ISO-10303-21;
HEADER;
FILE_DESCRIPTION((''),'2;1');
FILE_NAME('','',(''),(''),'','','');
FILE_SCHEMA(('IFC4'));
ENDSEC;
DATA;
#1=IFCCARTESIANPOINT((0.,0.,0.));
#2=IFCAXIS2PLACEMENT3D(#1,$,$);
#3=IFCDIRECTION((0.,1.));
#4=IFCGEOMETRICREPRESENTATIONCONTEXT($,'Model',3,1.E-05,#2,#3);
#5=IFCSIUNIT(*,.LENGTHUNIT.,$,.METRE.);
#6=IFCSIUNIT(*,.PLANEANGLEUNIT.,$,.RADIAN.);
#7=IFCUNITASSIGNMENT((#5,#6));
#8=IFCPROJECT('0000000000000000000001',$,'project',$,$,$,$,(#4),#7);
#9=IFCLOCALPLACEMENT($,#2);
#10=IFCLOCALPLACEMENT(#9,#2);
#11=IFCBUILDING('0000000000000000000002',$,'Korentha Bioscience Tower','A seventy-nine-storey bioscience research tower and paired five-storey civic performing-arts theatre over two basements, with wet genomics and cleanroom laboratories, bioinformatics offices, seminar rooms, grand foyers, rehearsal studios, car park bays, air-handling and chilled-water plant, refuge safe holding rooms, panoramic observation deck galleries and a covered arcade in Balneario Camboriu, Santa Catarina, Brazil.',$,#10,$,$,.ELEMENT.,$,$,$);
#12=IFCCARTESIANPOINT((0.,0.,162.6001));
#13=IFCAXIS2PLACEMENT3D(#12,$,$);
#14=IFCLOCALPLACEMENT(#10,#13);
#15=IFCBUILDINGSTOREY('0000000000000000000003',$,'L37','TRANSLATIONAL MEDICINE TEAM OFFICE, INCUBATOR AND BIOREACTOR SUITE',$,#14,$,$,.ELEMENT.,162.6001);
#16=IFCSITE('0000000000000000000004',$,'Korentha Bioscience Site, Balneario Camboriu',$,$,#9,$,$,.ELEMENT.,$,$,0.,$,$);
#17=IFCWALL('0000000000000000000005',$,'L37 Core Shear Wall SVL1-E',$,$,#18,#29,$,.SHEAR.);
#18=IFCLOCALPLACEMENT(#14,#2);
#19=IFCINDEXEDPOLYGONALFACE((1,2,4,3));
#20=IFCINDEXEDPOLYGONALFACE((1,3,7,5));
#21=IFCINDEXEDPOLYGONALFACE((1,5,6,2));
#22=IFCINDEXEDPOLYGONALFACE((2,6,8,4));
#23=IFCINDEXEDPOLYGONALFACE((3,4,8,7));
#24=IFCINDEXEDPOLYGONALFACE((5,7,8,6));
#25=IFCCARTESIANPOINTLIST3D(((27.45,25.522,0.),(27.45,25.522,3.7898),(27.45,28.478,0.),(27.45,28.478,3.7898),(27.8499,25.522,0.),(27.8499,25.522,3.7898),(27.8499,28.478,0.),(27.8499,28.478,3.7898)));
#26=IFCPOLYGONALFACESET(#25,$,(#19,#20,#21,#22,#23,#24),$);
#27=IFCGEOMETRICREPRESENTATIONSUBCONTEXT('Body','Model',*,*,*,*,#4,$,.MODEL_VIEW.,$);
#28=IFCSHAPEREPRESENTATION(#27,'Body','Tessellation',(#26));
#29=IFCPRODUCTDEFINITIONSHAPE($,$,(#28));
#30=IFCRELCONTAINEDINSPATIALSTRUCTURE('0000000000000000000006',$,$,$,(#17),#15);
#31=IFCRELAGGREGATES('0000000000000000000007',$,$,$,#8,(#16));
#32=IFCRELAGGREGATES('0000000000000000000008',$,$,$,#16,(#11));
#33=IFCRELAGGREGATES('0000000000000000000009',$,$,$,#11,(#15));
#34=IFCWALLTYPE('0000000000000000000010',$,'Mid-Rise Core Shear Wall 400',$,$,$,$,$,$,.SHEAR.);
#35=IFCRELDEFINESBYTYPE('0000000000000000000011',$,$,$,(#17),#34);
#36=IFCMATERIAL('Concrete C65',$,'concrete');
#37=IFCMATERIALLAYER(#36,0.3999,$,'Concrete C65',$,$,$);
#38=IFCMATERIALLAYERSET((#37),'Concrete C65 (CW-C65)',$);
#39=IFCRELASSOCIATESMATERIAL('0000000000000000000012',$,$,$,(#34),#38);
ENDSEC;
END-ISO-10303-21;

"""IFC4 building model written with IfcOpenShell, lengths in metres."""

from ifc_helpers import new_model, si_unit, direction, frame, frame_2d, origin, place, context, subcontext, project, spatial, rectangle, extrude, material, layer, layer_set, type_object, element, save


model = new_model("IFC4")

# Units and contexts
model_context = context("Model", 3, precision=1e-05, world=origin(), true_north=direction((0.0, 1.0)))
body_context = subcontext(model_context, "Body", "Model", "MODEL_VIEW")
ifc_project = project(units=[si_unit("LENGTHUNIT", "METRE"), si_unit("PLANEANGLEUNIT", "RADIAN")], contexts=[model_context])

# Site, building, storey
site_placement = place(None, origin())
site = spatial("IfcSite", under=ifc_project, at=site_placement, Name="Korentha Bioscience Site, Balneario Camboriu", CompositionType="ELEMENT", RefElevation=0.0)
building_placement = place(site_placement, origin())
building = spatial("IfcBuilding", under=site, at=building_placement, Name="Korentha Bioscience Tower", Description="A seventy-nine-storey bioscience research tower and paired five-storey civic performing-arts theatre over two basements, with wet genomics and cleanroom laboratories, bioinformatics offices, seminar rooms, grand foyers, rehearsal studios, car park bays, air-handling and chilled-water plant, refuge safe holding rooms, panoramic observation deck galleries and a covered arcade in Balneario Camboriu, Santa Catarina, Brazil.", CompositionType="ELEMENT")
storey_placement = place(building_placement, frame((0.0, 0.0, 162.6001)))
storey = spatial("IfcBuildingStorey", under=building, at=storey_placement, Name="L37", Description="TRANSLATIONAL MEDICINE TEAM OFFICE, INCUBATOR AND BIOREACTOR SUITE", CompositionType="ELEMENT", Elevation=162.6001)

# Shared definitions
ifc_material_1 = material(Name="Concrete C65", Category="concrete")

# Shared definitions
ifc_layer_1 = layer(ifc_material_1, 0.3999, Name="Concrete C65")
ifc_layer_set_1 = layer_set([ifc_layer_1], Name="Concrete C65 (CW-C65)")
wall_type_1 = type_object("IfcWallType", Name="Mid-Rise Core Shear Wall 400", PredefinedType="SHEAR", material=ifc_layer_set_1)

# Wall
wall_1_placement = place(storey_placement, frame((27.6499, 25.522, 0.0), z_axis=(0.0, 0.0, 1.0), x_axis=(0.0, 1.0, 0.0)))
element("IfcWall", 1, at=wall_1_placement, inside=storey, type_object=wall_type_1, Name="L37 Core Shear Wall SVL1-E", PredefinedType="SHEAR", context=body_context, shape_type="SweptSolid", body=[
    extrude(rectangle(XDim=2.9561, YDim=0.3999, at=frame_2d((1.478, 0.0))), origin(), (0.0, 0.0, 1.0), 3.7898),
])

save(model, "model.ifc")
